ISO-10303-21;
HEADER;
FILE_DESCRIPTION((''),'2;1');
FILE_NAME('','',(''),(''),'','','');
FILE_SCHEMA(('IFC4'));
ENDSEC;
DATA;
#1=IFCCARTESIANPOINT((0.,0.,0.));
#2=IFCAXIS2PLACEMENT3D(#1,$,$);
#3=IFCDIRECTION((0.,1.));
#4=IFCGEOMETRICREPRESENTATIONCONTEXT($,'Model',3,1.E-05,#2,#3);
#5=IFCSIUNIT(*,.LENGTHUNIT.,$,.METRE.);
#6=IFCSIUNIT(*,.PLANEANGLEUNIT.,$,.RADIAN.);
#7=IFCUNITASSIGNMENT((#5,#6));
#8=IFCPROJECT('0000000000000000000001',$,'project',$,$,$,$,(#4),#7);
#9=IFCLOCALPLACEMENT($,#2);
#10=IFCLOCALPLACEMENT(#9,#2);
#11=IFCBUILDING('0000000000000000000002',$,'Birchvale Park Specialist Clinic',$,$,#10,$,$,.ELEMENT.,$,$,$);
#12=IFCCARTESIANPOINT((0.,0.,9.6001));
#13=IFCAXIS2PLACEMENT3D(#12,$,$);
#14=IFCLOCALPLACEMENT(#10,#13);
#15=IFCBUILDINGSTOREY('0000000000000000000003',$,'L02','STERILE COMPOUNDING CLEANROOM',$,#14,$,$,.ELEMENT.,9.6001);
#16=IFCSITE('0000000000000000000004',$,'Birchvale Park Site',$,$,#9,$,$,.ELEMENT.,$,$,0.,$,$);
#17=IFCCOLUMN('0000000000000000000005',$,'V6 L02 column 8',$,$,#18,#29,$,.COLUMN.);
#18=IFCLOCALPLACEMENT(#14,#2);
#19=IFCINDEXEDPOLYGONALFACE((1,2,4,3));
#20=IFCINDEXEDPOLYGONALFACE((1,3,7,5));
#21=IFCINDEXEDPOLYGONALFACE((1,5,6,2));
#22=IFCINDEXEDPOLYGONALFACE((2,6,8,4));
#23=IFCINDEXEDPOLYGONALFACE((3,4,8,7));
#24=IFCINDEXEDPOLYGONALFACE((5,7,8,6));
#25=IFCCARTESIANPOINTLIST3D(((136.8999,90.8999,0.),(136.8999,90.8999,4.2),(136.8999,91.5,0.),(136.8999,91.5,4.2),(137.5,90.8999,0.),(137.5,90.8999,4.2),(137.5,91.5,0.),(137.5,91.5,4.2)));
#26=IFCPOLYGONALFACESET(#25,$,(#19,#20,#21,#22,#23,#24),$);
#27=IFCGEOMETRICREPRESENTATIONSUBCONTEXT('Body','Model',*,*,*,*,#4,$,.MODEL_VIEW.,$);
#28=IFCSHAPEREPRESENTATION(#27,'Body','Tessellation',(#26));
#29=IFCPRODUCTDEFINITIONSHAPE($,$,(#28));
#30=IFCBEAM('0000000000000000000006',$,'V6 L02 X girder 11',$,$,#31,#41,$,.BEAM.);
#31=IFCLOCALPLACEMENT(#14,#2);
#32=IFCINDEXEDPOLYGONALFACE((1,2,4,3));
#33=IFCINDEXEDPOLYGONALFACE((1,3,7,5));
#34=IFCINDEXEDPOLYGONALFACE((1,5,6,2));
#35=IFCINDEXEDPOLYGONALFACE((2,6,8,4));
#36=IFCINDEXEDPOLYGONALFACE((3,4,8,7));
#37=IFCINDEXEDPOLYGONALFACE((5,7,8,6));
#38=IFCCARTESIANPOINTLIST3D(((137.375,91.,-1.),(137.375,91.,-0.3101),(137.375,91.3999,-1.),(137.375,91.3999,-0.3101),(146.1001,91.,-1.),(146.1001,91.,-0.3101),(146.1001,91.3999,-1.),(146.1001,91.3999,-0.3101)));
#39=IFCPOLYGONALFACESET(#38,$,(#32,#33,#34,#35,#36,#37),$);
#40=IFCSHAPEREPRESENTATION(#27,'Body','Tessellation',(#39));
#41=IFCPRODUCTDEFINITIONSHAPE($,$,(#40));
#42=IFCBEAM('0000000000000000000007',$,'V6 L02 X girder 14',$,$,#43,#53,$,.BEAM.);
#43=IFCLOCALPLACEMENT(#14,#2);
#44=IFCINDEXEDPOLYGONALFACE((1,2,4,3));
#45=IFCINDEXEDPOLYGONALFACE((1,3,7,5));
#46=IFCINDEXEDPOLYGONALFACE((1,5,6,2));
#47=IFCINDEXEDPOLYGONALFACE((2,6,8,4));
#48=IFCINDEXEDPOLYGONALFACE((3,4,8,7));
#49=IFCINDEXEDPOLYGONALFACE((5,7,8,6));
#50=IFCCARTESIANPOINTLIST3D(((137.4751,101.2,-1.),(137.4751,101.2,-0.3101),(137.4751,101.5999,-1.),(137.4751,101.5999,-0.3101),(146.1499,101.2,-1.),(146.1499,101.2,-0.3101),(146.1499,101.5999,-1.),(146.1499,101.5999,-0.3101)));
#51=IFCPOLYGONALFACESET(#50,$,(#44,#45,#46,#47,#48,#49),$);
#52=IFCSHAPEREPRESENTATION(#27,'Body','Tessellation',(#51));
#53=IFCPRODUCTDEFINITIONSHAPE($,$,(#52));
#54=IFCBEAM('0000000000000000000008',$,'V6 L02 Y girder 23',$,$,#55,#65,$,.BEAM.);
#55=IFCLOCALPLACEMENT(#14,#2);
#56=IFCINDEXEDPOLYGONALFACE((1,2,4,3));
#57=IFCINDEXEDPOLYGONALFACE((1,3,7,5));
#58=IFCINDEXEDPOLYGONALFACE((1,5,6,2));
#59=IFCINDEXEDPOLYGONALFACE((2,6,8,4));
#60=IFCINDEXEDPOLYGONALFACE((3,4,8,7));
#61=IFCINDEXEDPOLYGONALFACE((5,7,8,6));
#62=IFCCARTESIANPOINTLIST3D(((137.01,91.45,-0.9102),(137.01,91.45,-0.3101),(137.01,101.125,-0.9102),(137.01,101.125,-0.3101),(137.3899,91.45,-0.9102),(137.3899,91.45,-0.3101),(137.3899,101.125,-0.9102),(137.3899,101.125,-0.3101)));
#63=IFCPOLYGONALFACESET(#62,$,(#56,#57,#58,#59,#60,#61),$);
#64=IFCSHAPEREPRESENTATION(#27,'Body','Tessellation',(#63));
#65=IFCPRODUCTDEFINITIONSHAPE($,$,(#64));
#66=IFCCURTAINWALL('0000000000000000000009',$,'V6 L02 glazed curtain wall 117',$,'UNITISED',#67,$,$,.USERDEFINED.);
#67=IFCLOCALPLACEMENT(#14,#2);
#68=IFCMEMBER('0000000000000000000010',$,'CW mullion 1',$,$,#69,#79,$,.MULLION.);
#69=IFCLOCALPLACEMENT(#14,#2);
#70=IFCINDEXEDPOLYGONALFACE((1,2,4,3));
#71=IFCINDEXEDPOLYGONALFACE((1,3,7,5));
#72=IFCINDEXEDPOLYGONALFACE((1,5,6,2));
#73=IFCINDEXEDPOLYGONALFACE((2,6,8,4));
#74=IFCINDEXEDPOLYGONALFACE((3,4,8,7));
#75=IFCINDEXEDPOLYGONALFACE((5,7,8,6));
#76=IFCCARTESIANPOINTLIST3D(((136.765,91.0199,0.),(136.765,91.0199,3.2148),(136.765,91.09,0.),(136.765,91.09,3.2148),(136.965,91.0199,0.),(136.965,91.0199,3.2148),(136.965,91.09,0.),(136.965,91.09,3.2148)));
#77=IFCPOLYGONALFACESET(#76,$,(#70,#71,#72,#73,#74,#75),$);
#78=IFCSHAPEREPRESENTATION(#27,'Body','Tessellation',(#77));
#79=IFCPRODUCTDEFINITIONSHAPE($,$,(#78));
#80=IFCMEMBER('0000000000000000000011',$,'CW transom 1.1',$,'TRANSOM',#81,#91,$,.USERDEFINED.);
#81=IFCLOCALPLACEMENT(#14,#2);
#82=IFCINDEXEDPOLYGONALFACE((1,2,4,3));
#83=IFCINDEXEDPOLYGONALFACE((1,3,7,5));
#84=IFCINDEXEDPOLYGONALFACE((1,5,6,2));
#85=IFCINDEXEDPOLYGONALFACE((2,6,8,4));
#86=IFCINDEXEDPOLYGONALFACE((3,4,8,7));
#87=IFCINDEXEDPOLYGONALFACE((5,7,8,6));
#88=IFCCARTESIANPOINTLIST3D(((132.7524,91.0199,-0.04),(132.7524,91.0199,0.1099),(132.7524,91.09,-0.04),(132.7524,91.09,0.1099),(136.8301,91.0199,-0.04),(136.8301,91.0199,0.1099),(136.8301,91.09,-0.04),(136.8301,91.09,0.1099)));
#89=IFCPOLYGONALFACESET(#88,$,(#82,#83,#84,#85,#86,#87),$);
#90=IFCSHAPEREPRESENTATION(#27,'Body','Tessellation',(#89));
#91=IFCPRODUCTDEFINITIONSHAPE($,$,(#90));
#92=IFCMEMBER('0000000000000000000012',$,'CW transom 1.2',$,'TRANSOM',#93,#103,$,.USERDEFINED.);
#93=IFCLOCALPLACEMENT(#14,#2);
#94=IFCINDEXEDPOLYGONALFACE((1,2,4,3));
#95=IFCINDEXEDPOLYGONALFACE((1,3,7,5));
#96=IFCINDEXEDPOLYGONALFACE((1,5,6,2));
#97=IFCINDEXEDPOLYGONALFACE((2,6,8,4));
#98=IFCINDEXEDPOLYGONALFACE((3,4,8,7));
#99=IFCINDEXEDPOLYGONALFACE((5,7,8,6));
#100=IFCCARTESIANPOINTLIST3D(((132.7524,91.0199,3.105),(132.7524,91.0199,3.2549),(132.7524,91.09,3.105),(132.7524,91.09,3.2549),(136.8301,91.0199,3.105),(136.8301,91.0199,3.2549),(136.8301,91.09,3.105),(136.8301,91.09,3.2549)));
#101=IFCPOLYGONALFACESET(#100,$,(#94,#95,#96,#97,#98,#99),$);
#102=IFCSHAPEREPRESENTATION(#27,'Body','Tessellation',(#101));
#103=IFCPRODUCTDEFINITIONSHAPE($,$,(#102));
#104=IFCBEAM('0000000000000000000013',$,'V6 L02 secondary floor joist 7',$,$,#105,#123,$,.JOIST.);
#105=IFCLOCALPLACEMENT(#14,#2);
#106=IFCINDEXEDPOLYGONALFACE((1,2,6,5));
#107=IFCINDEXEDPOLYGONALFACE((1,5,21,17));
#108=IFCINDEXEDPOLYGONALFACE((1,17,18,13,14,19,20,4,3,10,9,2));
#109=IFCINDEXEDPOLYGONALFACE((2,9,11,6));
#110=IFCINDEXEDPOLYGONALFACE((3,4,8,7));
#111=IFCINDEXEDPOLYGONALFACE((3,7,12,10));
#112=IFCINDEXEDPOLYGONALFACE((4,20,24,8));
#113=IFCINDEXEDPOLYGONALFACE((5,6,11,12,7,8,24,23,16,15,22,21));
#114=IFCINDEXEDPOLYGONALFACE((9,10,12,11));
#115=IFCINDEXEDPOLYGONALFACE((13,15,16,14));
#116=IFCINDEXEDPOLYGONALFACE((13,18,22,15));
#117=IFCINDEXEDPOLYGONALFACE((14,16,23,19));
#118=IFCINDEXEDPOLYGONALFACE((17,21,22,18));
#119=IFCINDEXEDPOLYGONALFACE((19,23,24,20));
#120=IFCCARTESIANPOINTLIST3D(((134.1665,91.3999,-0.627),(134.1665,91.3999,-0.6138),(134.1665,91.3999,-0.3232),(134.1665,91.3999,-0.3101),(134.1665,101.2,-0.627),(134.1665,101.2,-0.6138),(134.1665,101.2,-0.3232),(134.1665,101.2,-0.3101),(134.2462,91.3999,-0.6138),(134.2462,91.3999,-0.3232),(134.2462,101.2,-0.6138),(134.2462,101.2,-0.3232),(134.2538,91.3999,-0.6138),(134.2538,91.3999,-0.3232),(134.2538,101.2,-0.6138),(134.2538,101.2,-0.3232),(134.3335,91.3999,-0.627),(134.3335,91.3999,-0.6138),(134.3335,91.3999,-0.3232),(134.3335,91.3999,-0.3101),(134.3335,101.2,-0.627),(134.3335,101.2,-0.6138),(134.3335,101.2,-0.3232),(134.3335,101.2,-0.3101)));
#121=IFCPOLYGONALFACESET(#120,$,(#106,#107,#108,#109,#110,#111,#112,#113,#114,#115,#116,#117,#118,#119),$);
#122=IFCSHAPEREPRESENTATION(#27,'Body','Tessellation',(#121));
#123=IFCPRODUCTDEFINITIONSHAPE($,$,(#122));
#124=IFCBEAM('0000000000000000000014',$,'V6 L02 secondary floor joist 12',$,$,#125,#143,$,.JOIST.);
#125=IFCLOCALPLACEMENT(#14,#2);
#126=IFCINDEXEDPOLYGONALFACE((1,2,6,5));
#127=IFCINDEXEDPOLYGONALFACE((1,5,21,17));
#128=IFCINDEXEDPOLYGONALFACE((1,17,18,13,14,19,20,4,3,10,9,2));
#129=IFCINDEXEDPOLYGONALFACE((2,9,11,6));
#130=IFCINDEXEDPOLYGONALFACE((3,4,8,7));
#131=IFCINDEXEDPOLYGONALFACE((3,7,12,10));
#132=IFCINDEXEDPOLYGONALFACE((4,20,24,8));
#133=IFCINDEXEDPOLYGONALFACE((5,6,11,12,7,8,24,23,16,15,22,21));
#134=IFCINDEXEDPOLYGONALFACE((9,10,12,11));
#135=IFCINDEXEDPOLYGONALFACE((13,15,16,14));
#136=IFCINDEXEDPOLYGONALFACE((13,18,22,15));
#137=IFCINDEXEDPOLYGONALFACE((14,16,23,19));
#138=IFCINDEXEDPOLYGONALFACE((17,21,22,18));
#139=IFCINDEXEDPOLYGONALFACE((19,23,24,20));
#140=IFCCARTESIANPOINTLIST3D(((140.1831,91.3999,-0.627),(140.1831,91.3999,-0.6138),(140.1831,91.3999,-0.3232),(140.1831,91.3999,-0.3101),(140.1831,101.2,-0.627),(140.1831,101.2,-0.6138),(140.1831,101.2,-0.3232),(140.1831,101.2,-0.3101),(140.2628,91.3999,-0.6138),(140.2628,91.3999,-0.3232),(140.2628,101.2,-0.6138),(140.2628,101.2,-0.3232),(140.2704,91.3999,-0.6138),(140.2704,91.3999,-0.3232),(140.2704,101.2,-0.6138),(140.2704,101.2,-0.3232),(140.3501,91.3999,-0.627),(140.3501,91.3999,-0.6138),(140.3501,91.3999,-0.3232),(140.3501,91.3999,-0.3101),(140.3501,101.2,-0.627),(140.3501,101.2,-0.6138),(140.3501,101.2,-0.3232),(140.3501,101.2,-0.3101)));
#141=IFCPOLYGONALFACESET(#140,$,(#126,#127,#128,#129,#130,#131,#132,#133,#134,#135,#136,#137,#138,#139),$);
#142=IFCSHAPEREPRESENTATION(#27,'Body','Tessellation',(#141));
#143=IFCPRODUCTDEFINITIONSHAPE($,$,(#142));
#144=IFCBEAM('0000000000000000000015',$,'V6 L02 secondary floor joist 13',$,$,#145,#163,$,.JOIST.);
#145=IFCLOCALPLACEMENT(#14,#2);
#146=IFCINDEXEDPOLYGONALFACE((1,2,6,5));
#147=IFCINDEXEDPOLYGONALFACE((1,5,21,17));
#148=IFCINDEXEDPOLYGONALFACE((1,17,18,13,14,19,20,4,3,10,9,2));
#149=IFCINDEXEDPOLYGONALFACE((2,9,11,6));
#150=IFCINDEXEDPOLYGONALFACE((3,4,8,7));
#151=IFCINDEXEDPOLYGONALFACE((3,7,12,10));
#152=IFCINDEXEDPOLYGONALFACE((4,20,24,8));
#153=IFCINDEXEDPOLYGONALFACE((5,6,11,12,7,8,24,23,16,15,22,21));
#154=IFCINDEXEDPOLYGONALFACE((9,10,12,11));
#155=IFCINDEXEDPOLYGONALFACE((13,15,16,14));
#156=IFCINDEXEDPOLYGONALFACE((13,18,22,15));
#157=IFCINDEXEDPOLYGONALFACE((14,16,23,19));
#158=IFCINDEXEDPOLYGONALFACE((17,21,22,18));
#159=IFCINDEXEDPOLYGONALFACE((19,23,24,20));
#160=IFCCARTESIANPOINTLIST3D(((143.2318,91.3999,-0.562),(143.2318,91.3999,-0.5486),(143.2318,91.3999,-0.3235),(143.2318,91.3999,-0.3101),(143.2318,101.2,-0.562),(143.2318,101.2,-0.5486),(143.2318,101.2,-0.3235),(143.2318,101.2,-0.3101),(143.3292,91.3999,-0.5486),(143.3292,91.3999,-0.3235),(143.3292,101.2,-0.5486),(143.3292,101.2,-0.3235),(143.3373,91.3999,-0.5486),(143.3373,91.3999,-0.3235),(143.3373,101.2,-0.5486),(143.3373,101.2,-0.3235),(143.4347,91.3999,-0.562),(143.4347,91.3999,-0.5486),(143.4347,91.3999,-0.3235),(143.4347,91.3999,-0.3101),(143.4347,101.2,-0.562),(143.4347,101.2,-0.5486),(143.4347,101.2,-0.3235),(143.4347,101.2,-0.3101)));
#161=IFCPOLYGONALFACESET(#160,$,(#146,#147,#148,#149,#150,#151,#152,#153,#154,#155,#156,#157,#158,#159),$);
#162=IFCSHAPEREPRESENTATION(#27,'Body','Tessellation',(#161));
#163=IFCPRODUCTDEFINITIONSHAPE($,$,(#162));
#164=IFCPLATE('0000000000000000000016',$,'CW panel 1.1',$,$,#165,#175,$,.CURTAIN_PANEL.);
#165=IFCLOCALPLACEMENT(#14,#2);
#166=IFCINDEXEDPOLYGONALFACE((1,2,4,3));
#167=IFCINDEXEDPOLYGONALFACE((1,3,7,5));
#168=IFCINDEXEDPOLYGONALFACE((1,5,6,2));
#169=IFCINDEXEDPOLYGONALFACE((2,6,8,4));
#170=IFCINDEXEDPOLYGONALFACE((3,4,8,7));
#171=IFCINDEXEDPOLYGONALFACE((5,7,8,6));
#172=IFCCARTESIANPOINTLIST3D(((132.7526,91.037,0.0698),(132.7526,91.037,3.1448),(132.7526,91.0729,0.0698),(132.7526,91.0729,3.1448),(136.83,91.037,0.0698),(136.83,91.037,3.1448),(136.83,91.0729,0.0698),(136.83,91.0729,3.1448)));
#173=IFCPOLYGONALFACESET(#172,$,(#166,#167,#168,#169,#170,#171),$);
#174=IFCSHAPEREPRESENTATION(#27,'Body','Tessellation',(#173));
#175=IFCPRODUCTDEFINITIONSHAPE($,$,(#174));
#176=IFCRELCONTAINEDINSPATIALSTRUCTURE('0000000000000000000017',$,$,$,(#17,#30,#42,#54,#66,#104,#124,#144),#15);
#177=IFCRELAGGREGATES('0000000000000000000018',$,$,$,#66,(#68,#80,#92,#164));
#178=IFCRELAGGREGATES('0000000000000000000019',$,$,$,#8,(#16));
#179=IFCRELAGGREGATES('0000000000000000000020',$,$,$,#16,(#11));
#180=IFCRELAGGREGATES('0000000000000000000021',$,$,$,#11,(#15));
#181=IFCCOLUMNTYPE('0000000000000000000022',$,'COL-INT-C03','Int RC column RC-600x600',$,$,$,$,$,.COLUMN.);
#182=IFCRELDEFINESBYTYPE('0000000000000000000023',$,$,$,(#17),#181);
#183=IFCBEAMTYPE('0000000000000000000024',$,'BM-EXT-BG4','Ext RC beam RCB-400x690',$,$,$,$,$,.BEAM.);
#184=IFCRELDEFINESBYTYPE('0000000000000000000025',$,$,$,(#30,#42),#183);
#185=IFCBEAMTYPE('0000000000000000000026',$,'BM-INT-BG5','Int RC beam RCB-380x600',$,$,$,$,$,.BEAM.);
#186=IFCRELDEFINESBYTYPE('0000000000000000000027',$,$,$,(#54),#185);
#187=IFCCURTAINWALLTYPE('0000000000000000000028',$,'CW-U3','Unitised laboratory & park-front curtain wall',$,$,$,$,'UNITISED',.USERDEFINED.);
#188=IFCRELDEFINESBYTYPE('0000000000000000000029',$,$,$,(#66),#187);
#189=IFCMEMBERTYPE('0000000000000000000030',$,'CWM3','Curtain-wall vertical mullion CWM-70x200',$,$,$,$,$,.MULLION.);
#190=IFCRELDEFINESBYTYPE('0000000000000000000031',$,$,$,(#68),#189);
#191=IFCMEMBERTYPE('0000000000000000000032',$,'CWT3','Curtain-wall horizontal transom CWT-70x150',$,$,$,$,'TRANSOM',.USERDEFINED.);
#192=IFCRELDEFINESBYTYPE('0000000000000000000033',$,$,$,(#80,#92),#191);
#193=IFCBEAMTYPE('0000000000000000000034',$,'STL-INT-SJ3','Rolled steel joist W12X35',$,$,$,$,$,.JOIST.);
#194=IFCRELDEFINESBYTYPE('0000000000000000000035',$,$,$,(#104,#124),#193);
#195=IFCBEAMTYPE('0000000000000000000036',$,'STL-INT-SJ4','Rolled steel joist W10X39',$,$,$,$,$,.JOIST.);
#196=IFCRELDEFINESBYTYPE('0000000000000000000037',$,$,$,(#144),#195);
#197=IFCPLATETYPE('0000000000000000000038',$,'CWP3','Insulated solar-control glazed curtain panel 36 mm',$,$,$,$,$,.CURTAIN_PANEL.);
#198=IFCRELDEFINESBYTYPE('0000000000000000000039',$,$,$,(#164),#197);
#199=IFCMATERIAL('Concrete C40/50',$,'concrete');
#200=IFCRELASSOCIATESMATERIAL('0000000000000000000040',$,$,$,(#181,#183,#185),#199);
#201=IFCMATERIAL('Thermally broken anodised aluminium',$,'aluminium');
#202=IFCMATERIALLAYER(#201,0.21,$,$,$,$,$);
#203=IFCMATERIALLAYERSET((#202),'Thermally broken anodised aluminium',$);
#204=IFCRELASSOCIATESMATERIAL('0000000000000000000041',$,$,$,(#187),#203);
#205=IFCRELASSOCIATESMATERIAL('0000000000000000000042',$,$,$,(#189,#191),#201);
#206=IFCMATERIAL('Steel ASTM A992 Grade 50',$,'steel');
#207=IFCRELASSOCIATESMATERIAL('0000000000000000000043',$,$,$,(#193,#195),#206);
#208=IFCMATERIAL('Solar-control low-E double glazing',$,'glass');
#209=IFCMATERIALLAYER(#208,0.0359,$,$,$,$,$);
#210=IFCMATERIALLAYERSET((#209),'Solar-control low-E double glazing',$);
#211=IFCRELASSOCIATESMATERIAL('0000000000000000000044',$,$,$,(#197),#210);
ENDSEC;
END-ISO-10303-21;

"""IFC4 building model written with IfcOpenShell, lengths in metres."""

from ifc_helpers import new_model, si_unit, direction, frame, origin, origin_2d, place, context, subcontext, project, spatial, rectangle, i_section, extrude, material, layer, layer_set, material_profile, profile_set, type_object, element, aggregate, save


model = new_model("IFC4")

# Units and contexts
model_context = context("Model", 3, precision=1e-05, world=origin(), true_north=direction((0.0, 1.0)))
body_context = subcontext(model_context, "Body", "Model", "MODEL_VIEW")
ifc_project = project(units=[si_unit("LENGTHUNIT", "METRE"), si_unit("PLANEANGLEUNIT", "RADIAN")], contexts=[model_context])

# Site, building, storey
site_placement = place(None, origin())
site = spatial("IfcSite", under=ifc_project, at=site_placement, Name="Birchvale Park Site", CompositionType="ELEMENT", RefElevation=0.0)
building_placement = place(site_placement, origin())
building = spatial("IfcBuilding", under=site, at=building_placement, Name="Birchvale Park Specialist Clinic", CompositionType="ELEMENT")
storey_placement = place(building_placement, frame((0.0, 0.0, 9.6001)))
storey = spatial("IfcBuildingStorey", under=building, at=storey_placement, Name="L02", Description="STERILE COMPOUNDING CLEANROOM", CompositionType="ELEMENT", Elevation=9.6001)

# Column
ifc_material_1 = material(Name="Concrete C40/50", Category="concrete")
ifc_material_profile_1 = material_profile(ifc_material_1, rectangle(XDim=0.6001, YDim=0.6001, at=origin_2d()), Name="RC-600x600")
ifc_profile_set_1 = profile_set([ifc_material_profile_1], Name="Concrete C40/50")
column_type = type_object("IfcColumnType", Name="COL-INT-C03", Description="Int RC column RC-600x600", PredefinedType="COLUMN", material=ifc_profile_set_1)
column_placement = place(storey_placement, frame((137.2, 91.2, 0.0), z_axis=(0.0, 0.0, 1.0), x_axis=(1.0, 0.0, 0.0)))
element("IfcColumn", 1, at=column_placement, inside=storey, type_object=column_type, Name="V6 L02 column 8", PredefinedType="COLUMN", context=body_context, shape_type="SweptSolid", body=[
    extrude(rectangle(XDim=0.6001, YDim=0.6001, at=origin_2d()), origin(), (0.0, 0.0, 1.0), 4.2),
])

# Beams
ifc_material_profile_2 = material_profile(ifc_material_1, rectangle(XDim=0.3999, YDim=0.6899, at=origin_2d()), Name="RCB-400x690")
ifc_profile_set_2 = profile_set([ifc_material_profile_2], Name="Concrete C40/50")
beam_type_1 = type_object("IfcBeamType", Name="BM-EXT-BG4", Description="Ext RC beam RCB-400x690", PredefinedType="BEAM", material=ifc_profile_set_2)
beam_1_placement = place(storey_placement, frame((137.375, 91.2, -0.655), z_axis=(1.0, 0.0, 0.0), x_axis=(0.0, 1.0, 0.0)))
element("IfcBeam", 2, at=beam_1_placement, inside=storey, type_object=beam_type_1, Name="V6 L02 X girder 11", PredefinedType="BEAM", context=body_context, shape_type="SweptSolid", body=[
    extrude(rectangle(XDim=0.3999, YDim=0.6899, at=origin_2d()), origin(), (0.0, 0.0, 1.0), 8.7251),
])
beam_2_placement = place(storey_placement, frame((137.4751, 101.3999, -0.655), z_axis=(1.0, 0.0, 0.0), x_axis=(0.0, 1.0, 0.0)))
element("IfcBeam", 3, at=beam_2_placement, inside=storey, type_object=beam_type_1, Name="V6 L02 X girder 14", PredefinedType="BEAM", context=body_context, shape_type="SweptSolid", body=[
    extrude(rectangle(XDim=0.3999, YDim=0.6899, at=origin_2d()), origin(), (0.0, 0.0, 1.0), 8.6748),
])
ifc_material_profile_3 = material_profile(ifc_material_1, rectangle(XDim=0.3799, YDim=0.6001, at=origin_2d()), Name="RCB-380x600")
ifc_profile_set_3 = profile_set([ifc_material_profile_3], Name="Concrete C40/50")
beam_type_2 = type_object("IfcBeamType", Name="BM-INT-BG5", Description="Int RC beam RCB-380x600", PredefinedType="BEAM", material=ifc_profile_set_3)
beam_3_placement = place(storey_placement, frame((137.2, 91.45, -0.6101), z_axis=(0.0, 1.0, 0.0), x_axis=(-1.0, 0.0, 0.0)))
element("IfcBeam", 4, at=beam_3_placement, inside=storey, type_object=beam_type_2, Name="V6 L02 Y girder 23", PredefinedType="BEAM", context=body_context, shape_type="SweptSolid", body=[
    extrude(rectangle(XDim=0.3799, YDim=0.6001, at=origin_2d()), origin(), (0.0, 0.0, 1.0), 9.675),
])

# Curtain wall, members
ifc_material_2 = material(Name="Thermally broken anodised aluminium", Category="aluminium")
ifc_layer_1 = layer(ifc_material_2, 0.21)
ifc_layer_set_1 = layer_set([ifc_layer_1], Name="Thermally broken anodised aluminium")
curtain_wall_type = type_object("IfcCurtainWallType", Name="CW-U3", Description="Unitised laboratory & park-front curtain wall", ElementType="UNITISED", PredefinedType="USERDEFINED", material=ifc_layer_set_1)
curtain_wall_placement = place(storey_placement, origin())
curtain_wall = element("IfcCurtainWall", 5, at=curtain_wall_placement, inside=storey, type_object=curtain_wall_type, Name="V6 L02 glazed curtain wall 117", ObjectType="UNITISED", PredefinedType="USERDEFINED")
ifc_material_profile_4 = material_profile(ifc_material_2, rectangle(XDim=0.0701, YDim=0.2, at=origin_2d()), Name="CWM-70x200")
ifc_profile_set_4 = profile_set([ifc_material_profile_4], Name="Thermally broken anodised aluminium")
member_type_1 = type_object("IfcMemberType", Name="CWM3", Description="Curtain-wall vertical mullion CWM-70x200", PredefinedType="MULLION", material=ifc_profile_set_4)
member_1_placement = place(storey_placement, frame((136.865, 91.0549, 0.0), z_axis=(0.0, 0.0, 1.0), x_axis=(0.0, -1.0, 0.0)))
member_1 = element("IfcMember", 6, at=member_1_placement, type_object=member_type_1, Name="CW mullion 1", PredefinedType="MULLION", context=body_context, shape_type="SweptSolid", body=[
    extrude(rectangle(XDim=0.0701, YDim=0.2, at=origin_2d()), origin(), (0.0, 0.0, 1.0), 3.2148),
])
ifc_material_profile_5 = material_profile(ifc_material_2, rectangle(XDim=0.0701, YDim=0.1499, at=origin_2d()), Name="CWT-70x150")
ifc_profile_set_5 = profile_set([ifc_material_profile_5], Name="Thermally broken anodised aluminium")
member_type_2 = type_object("IfcMemberType", Name="CWT3", Description="Curtain-wall horizontal transom CWT-70x150", ElementType="TRANSOM", PredefinedType="USERDEFINED", material=ifc_profile_set_5)
member_2_placement = place(storey_placement, frame((136.8301, 91.0549, 0.0349), z_axis=(-1.0, 0.0, 0.0), x_axis=(0.0, -1.0, 0.0)))
member_2 = element("IfcMember", 7, at=member_2_placement, type_object=member_type_2, Name="CW transom 1.1", ObjectType="TRANSOM", PredefinedType="USERDEFINED", context=body_context, shape_type="SweptSolid", body=[
    extrude(rectangle(XDim=0.0701, YDim=0.1499, at=origin_2d()), origin(), (0.0, 0.0, 1.0), 4.0776),
])
member_3_placement = place(storey_placement, frame((136.8301, 91.0549, 3.1799), z_axis=(-1.0, 0.0, 0.0), x_axis=(0.0, -1.0, 0.0)))
member_3 = element("IfcMember", 8, at=member_3_placement, type_object=member_type_2, Name="CW transom 1.2", ObjectType="TRANSOM", PredefinedType="USERDEFINED", context=body_context, shape_type="SweptSolid", body=[
    extrude(rectangle(XDim=0.0701, YDim=0.1499, at=origin_2d()), origin(), (0.0, 0.0, 1.0), 4.0776),
])

# Beams
ifc_material_3 = material(Name="Steel ASTM A992 Grade 50", Category="steel")
ifc_material_profile_6 = material_profile(ifc_material_3, i_section(OverallWidth=0.167, OverallDepth=0.3169, WebThickness=0.0076, FlangeThickness=0.0132, at=origin_2d()), Name="W12X35")
ifc_profile_set_6 = profile_set([ifc_material_profile_6], Name="Steel ASTM A992 Grade 50")
beam_type_3 = type_object("IfcBeamType", Name="STL-INT-SJ3", Description="Rolled steel joist W12X35", PredefinedType="JOIST", material=ifc_profile_set_6)
for number, where, z_axis, x_axis, name in (
    (9, (134.25, 91.3999, -0.4685), (0.0, 1.0, 0.0), (-1.0, 0.0, 0.0), "V6 L02 secondary floor joist 7"),
    (10, (140.2666, 91.3999, -0.4685), (0.0, 1.0, 0.0), (-1.0, 0.0, 0.0), "V6 L02 secondary floor joist 12"),
):
    element("IfcBeam", number, at=place(storey_placement, frame(where, z_axis=z_axis, x_axis=x_axis)), inside=storey, type_object=beam_type_3, Name=name, PredefinedType="JOIST", context=body_context, shape_type="SweptSolid", body=[
        extrude(i_section(OverallWidth=0.167, OverallDepth=0.3169, WebThickness=0.0076, FlangeThickness=0.0132, at=origin_2d()), origin(), (0.0, 0.0, 1.0), 9.8),
    ])
ifc_material_profile_7 = material_profile(ifc_material_3, i_section(OverallWidth=0.2029, OverallDepth=0.252, WebThickness=0.0081, FlangeThickness=0.0134, at=origin_2d()), Name="W10X39")
ifc_profile_set_7 = profile_set([ifc_material_profile_7], Name="Steel ASTM A992 Grade 50")
beam_type_4 = type_object("IfcBeamType", Name="STL-INT-SJ4", Description="Rolled steel joist W10X39", PredefinedType="JOIST", material=ifc_profile_set_7)
beam_4_placement = place(storey_placement, frame((143.3333, 91.3999, -0.436), z_axis=(0.0, 1.0, 0.0), x_axis=(-1.0, 0.0, 0.0)))
element("IfcBeam", 11, at=beam_4_placement, inside=storey, type_object=beam_type_4, Name="V6 L02 secondary floor joist 13", PredefinedType="JOIST", context=body_context, shape_type="SweptSolid", body=[
    extrude(i_section(OverallWidth=0.2029, OverallDepth=0.252, WebThickness=0.0081, FlangeThickness=0.0134, at=origin_2d()), origin(), (0.0, 0.0, 1.0), 9.8),
])

# Plate
ifc_material_4 = material(Name="Solar-control low-E double glazing", Category="glass")
ifc_layer_2 = layer(ifc_material_4, 0.0359)
ifc_layer_set_2 = layer_set([ifc_layer_2], Name="Solar-control low-E double glazing")
plate_type = type_object("IfcPlateType", Name="CWP3", Description="Insulated solar-control glazed curtain panel 36 mm", PredefinedType="CURTAIN_PANEL", material=ifc_layer_set_2)
plate_placement = place(storey_placement, frame((134.7913, 91.0549, 0.0698), z_axis=(0.0, 0.0, 1.0), x_axis=(-1.0, 0.0, 0.0)))
plate = element("IfcPlate", 12, at=plate_placement, type_object=plate_type, Name="CW panel 1.1", PredefinedType="CURTAIN_PANEL", context=body_context, shape_type="SweptSolid", body=[
    extrude(rectangle(XDim=4.0774, YDim=0.0359, at=origin_2d()), origin(), (0.0, 0.0, 1.0), 3.075),
])
aggregate(curtain_wall, [member_1, member_2, member_3, plate])

save(model, "model.ifc")
